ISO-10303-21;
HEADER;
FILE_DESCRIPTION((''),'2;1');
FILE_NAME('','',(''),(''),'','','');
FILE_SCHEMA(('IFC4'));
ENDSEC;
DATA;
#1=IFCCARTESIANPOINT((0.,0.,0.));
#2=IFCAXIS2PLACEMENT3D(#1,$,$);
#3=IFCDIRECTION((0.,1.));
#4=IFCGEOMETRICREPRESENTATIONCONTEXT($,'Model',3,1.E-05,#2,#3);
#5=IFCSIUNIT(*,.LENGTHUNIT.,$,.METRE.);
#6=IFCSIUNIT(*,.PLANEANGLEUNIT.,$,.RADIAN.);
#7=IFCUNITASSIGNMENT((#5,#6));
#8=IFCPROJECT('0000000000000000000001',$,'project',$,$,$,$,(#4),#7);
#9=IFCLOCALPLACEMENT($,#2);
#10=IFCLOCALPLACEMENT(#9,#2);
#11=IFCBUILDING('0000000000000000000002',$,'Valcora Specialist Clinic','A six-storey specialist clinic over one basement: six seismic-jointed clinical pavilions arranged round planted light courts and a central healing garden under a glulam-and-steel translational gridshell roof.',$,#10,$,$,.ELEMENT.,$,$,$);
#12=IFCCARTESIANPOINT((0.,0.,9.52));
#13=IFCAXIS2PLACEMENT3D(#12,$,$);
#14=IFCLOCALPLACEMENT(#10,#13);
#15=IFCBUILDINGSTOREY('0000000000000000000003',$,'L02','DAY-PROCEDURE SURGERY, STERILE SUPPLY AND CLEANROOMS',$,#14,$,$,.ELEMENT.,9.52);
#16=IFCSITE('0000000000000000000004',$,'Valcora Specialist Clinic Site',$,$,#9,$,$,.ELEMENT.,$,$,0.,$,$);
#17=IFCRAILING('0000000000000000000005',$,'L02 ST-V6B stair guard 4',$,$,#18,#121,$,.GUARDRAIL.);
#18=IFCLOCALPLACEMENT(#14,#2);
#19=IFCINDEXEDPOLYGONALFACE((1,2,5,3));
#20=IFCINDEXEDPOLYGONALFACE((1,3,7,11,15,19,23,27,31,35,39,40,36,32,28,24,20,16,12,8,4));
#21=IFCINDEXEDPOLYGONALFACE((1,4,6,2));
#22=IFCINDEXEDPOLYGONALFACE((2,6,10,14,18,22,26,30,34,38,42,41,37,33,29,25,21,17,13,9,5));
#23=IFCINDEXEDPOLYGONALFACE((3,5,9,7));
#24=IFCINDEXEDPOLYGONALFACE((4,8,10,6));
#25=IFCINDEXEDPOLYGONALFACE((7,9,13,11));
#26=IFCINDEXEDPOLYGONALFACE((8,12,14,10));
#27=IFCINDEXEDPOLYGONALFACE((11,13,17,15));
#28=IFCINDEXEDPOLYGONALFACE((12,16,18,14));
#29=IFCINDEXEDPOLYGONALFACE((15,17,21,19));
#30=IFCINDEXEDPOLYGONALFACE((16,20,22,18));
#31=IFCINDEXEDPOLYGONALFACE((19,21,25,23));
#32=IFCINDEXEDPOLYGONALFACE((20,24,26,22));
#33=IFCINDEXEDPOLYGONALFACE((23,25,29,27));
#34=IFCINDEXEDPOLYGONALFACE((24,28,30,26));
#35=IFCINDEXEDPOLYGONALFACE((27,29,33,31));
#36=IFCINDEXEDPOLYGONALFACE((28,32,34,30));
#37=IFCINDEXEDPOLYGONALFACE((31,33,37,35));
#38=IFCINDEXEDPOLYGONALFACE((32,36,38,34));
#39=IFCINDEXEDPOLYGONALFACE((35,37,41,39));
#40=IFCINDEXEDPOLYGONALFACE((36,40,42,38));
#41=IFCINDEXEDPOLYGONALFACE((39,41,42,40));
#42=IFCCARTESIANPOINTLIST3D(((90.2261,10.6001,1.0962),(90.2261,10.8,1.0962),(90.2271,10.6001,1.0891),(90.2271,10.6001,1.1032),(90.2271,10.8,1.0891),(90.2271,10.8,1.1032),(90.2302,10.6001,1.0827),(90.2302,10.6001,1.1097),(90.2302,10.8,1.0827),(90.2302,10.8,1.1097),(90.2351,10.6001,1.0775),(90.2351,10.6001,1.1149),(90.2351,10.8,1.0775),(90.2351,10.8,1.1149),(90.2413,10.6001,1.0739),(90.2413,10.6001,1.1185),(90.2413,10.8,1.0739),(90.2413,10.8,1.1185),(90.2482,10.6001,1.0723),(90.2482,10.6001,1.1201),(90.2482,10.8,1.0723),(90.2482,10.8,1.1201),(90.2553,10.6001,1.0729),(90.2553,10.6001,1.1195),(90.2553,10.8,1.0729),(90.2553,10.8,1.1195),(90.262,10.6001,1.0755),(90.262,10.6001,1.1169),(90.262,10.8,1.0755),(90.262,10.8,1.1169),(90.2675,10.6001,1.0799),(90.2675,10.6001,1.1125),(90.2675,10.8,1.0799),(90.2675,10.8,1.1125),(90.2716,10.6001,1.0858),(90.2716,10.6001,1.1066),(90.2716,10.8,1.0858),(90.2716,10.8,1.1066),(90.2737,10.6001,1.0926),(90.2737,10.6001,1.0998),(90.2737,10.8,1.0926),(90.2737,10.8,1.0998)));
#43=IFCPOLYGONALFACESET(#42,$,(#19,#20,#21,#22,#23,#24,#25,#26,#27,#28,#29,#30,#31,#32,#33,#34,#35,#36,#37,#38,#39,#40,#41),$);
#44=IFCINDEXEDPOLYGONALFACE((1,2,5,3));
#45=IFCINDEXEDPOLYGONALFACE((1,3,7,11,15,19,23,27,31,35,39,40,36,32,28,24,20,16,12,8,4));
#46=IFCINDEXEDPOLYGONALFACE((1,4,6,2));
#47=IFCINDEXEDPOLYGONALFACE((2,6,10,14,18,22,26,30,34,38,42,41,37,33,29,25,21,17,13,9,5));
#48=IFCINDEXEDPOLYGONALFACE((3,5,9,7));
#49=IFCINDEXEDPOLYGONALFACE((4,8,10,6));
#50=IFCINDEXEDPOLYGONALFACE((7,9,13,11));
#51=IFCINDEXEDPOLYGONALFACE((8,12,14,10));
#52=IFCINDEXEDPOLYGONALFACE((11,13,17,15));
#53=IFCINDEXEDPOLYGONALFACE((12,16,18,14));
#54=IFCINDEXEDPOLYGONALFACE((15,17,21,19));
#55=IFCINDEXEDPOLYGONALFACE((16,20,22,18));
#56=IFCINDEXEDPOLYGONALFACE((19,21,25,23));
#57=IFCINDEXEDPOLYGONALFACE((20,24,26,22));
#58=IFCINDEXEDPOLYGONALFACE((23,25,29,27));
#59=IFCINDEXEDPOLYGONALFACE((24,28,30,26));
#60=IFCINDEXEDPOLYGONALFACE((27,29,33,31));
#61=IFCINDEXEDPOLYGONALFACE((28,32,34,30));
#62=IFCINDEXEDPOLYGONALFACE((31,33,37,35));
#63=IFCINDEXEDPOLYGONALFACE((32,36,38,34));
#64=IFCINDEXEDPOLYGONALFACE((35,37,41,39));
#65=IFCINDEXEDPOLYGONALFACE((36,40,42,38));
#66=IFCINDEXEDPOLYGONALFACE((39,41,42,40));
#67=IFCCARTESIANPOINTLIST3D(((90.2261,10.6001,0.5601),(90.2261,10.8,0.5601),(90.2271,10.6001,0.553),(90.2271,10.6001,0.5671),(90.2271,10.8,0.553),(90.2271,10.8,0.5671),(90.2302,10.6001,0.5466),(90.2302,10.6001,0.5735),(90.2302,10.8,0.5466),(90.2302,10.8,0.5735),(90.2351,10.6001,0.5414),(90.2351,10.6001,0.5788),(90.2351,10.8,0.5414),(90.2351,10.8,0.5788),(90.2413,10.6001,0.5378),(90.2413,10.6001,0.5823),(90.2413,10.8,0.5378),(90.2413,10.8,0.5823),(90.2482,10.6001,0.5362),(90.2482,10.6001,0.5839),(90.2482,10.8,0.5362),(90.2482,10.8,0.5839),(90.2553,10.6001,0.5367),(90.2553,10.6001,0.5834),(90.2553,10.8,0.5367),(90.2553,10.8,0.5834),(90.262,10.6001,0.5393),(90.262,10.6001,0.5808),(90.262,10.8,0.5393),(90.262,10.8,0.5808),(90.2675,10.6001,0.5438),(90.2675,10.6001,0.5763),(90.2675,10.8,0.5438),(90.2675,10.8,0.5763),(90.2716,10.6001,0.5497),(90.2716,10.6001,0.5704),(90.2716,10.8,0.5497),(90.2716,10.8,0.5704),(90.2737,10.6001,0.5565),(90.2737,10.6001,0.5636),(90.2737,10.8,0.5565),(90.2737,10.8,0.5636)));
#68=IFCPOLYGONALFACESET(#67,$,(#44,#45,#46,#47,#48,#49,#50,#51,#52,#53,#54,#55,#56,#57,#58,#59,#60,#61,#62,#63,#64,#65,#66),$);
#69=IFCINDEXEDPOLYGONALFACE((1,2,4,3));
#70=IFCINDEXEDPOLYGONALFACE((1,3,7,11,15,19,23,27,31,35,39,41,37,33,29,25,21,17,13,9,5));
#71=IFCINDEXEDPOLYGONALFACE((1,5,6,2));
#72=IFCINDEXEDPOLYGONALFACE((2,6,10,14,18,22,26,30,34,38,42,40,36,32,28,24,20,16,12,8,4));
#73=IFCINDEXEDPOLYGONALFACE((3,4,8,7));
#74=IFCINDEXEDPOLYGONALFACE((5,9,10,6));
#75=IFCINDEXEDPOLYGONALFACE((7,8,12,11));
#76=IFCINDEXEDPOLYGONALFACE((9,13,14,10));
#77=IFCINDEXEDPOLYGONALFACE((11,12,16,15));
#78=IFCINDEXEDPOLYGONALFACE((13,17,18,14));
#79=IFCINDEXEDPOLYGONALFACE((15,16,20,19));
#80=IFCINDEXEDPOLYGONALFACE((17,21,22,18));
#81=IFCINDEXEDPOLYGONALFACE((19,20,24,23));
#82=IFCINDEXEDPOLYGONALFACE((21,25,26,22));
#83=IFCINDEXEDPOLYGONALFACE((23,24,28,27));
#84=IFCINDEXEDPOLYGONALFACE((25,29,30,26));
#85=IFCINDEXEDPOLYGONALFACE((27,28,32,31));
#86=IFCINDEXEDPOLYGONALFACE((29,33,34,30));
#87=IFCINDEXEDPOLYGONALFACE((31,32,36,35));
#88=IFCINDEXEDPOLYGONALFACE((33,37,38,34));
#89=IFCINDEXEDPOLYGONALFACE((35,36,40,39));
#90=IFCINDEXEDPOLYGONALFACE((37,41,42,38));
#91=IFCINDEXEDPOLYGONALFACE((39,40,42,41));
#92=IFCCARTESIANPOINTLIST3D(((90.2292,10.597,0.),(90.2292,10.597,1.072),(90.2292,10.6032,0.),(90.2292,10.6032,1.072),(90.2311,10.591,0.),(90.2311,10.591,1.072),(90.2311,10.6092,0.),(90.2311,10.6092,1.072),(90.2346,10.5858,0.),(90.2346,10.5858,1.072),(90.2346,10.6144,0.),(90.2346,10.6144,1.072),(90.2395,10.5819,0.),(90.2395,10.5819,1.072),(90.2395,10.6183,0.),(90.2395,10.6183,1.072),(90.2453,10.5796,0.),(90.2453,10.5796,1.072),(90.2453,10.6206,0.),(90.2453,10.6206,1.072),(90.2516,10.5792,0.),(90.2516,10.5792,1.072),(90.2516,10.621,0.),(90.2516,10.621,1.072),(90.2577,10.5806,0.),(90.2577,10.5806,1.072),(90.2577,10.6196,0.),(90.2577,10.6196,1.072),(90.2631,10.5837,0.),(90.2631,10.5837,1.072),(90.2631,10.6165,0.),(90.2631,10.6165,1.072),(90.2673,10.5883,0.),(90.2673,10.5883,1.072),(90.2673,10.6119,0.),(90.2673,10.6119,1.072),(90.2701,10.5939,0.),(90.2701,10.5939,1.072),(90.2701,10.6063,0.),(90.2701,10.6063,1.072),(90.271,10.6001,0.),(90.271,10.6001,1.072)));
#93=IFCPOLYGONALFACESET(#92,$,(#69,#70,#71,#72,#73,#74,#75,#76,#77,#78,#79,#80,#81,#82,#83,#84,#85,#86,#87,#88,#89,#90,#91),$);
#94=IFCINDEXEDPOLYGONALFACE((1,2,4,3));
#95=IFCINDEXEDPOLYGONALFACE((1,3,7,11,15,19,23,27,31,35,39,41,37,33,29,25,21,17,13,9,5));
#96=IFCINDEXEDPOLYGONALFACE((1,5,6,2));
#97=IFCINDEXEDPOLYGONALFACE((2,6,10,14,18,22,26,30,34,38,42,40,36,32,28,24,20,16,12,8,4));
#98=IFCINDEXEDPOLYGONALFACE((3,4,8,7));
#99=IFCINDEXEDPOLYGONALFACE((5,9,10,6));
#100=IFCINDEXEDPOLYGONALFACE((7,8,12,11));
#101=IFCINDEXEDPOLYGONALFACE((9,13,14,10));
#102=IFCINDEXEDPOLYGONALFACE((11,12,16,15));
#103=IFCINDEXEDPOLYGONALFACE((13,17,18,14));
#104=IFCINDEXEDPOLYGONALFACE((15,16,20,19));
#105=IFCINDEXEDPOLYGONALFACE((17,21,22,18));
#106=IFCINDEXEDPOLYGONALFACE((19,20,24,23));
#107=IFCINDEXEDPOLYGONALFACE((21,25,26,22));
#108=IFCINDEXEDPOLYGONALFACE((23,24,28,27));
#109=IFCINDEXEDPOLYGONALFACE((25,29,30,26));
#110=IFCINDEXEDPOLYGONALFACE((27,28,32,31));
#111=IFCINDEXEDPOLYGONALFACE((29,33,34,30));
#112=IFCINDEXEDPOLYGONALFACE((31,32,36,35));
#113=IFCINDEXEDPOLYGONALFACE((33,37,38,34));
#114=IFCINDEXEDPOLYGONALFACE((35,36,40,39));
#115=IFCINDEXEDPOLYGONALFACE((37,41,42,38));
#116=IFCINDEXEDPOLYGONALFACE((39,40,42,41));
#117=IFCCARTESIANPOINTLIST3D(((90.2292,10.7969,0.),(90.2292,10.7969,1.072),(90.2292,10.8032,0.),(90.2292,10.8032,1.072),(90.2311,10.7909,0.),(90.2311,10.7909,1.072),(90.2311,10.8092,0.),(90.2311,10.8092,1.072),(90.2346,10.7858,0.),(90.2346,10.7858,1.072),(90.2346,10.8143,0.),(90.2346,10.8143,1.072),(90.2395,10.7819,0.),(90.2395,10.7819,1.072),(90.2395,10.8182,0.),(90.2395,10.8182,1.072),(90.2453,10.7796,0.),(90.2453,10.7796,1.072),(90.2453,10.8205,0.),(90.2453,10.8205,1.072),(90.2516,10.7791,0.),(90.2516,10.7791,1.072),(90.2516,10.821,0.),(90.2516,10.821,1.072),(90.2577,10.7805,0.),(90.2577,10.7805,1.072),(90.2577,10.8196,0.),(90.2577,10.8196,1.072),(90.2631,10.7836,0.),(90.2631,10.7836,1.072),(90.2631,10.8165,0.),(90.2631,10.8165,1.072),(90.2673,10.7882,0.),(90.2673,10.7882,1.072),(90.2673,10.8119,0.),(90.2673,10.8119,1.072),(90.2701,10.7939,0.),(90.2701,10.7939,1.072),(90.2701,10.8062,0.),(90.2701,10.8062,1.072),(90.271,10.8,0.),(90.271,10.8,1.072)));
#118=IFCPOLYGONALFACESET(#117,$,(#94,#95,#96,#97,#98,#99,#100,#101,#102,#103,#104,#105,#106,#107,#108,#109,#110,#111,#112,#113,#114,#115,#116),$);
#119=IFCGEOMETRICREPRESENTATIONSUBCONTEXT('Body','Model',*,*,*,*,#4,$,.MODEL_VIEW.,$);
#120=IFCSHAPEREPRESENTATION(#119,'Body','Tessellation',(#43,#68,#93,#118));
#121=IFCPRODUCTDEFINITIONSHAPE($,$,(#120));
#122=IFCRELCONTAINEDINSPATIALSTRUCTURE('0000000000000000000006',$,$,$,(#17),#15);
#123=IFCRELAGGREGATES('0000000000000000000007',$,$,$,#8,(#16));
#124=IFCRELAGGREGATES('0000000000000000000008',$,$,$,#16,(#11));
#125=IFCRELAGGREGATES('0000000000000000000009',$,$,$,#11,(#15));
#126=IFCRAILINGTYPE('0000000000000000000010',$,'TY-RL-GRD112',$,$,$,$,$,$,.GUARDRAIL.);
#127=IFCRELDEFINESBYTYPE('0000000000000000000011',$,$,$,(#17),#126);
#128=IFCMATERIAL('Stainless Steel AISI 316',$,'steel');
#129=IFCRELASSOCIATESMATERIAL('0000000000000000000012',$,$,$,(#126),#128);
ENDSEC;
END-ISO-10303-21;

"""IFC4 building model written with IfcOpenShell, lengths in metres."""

from ifc_helpers import new_model, si_unit, direction, frame, origin, origin_2d, place, context, subcontext, project, spatial, circle, extrude, material, type_object, element, save


model = new_model("IFC4")

# Units and contexts
model_context = context("Model", 3, precision=1e-05, world=origin(), true_north=direction((0.0, 1.0)))
body_context = subcontext(model_context, "Body", "Model", "MODEL_VIEW")
ifc_project = project(units=[si_unit("LENGTHUNIT", "METRE"), si_unit("PLANEANGLEUNIT", "RADIAN")], contexts=[model_context])

# Site, building, storey
site_placement = place(None, origin())
site = spatial("IfcSite", under=ifc_project, at=site_placement, Name="Valcora Specialist Clinic Site", CompositionType="ELEMENT", RefElevation=0.0)
building_placement = place(site_placement, origin())
building = spatial("IfcBuilding", under=site, at=building_placement, Name="Valcora Specialist Clinic", Description="A six-storey specialist clinic over one basement: six seismic-jointed clinical pavilions arranged round planted light courts and a central healing garden under a glulam-and-steel translational gridshell roof.", CompositionType="ELEMENT")
storey_placement = place(building_placement, frame((0.0, 0.0, 9.52)))
storey = spatial("IfcBuildingStorey", under=building, at=storey_placement, Name="L02", Description="DAY-PROCEDURE SURGERY, STERILE SUPPLY AND CLEANROOMS", CompositionType="ELEMENT", Elevation=9.52)

# Shared definitions
ifc_material_1 = material(Name="Stainless Steel AISI 316", Category="steel")

# Railing
railing_type_1 = type_object("IfcRailingType", Name="TY-RL-GRD112", PredefinedType="GUARDRAIL", material=ifc_material_1)
railing_1_placement = place(storey_placement, frame((90.25, 10.6001, 0.0)))
element("IfcRailing", 1, at=railing_1_placement, inside=storey, type_object=railing_type_1, Name="L02 ST-V6B stair guard 4", PredefinedType="GUARDRAIL", context=body_context, shape_type="SweptSolid", body=[
    extrude(circle(Radius=0.0239, at=origin_2d()), frame((0.0, 0.0, 1.0962), z_axis=(0.0, 1.0, 0.0), x_axis=(-1.0, 0.0, 0.0)), (0.0, 0.0, 1.0), 0.2),
    extrude(circle(Radius=0.0239, at=origin_2d()), frame((0.0, 0.0, 0.5601), z_axis=(0.0, 1.0, 0.0), x_axis=(-1.0, 0.0, 0.0)), (0.0, 0.0, 1.0), 0.2),
    extrude(circle(Radius=0.021, at=origin_2d()), origin(), (0.0, 0.0, 1.0), 1.072),
    extrude(circle(Radius=0.021, at=origin_2d()), frame((0.0, 0.2, 0.0)), (0.0, 0.0, 1.0), 1.072),
])

save(model, "model.ifc")
